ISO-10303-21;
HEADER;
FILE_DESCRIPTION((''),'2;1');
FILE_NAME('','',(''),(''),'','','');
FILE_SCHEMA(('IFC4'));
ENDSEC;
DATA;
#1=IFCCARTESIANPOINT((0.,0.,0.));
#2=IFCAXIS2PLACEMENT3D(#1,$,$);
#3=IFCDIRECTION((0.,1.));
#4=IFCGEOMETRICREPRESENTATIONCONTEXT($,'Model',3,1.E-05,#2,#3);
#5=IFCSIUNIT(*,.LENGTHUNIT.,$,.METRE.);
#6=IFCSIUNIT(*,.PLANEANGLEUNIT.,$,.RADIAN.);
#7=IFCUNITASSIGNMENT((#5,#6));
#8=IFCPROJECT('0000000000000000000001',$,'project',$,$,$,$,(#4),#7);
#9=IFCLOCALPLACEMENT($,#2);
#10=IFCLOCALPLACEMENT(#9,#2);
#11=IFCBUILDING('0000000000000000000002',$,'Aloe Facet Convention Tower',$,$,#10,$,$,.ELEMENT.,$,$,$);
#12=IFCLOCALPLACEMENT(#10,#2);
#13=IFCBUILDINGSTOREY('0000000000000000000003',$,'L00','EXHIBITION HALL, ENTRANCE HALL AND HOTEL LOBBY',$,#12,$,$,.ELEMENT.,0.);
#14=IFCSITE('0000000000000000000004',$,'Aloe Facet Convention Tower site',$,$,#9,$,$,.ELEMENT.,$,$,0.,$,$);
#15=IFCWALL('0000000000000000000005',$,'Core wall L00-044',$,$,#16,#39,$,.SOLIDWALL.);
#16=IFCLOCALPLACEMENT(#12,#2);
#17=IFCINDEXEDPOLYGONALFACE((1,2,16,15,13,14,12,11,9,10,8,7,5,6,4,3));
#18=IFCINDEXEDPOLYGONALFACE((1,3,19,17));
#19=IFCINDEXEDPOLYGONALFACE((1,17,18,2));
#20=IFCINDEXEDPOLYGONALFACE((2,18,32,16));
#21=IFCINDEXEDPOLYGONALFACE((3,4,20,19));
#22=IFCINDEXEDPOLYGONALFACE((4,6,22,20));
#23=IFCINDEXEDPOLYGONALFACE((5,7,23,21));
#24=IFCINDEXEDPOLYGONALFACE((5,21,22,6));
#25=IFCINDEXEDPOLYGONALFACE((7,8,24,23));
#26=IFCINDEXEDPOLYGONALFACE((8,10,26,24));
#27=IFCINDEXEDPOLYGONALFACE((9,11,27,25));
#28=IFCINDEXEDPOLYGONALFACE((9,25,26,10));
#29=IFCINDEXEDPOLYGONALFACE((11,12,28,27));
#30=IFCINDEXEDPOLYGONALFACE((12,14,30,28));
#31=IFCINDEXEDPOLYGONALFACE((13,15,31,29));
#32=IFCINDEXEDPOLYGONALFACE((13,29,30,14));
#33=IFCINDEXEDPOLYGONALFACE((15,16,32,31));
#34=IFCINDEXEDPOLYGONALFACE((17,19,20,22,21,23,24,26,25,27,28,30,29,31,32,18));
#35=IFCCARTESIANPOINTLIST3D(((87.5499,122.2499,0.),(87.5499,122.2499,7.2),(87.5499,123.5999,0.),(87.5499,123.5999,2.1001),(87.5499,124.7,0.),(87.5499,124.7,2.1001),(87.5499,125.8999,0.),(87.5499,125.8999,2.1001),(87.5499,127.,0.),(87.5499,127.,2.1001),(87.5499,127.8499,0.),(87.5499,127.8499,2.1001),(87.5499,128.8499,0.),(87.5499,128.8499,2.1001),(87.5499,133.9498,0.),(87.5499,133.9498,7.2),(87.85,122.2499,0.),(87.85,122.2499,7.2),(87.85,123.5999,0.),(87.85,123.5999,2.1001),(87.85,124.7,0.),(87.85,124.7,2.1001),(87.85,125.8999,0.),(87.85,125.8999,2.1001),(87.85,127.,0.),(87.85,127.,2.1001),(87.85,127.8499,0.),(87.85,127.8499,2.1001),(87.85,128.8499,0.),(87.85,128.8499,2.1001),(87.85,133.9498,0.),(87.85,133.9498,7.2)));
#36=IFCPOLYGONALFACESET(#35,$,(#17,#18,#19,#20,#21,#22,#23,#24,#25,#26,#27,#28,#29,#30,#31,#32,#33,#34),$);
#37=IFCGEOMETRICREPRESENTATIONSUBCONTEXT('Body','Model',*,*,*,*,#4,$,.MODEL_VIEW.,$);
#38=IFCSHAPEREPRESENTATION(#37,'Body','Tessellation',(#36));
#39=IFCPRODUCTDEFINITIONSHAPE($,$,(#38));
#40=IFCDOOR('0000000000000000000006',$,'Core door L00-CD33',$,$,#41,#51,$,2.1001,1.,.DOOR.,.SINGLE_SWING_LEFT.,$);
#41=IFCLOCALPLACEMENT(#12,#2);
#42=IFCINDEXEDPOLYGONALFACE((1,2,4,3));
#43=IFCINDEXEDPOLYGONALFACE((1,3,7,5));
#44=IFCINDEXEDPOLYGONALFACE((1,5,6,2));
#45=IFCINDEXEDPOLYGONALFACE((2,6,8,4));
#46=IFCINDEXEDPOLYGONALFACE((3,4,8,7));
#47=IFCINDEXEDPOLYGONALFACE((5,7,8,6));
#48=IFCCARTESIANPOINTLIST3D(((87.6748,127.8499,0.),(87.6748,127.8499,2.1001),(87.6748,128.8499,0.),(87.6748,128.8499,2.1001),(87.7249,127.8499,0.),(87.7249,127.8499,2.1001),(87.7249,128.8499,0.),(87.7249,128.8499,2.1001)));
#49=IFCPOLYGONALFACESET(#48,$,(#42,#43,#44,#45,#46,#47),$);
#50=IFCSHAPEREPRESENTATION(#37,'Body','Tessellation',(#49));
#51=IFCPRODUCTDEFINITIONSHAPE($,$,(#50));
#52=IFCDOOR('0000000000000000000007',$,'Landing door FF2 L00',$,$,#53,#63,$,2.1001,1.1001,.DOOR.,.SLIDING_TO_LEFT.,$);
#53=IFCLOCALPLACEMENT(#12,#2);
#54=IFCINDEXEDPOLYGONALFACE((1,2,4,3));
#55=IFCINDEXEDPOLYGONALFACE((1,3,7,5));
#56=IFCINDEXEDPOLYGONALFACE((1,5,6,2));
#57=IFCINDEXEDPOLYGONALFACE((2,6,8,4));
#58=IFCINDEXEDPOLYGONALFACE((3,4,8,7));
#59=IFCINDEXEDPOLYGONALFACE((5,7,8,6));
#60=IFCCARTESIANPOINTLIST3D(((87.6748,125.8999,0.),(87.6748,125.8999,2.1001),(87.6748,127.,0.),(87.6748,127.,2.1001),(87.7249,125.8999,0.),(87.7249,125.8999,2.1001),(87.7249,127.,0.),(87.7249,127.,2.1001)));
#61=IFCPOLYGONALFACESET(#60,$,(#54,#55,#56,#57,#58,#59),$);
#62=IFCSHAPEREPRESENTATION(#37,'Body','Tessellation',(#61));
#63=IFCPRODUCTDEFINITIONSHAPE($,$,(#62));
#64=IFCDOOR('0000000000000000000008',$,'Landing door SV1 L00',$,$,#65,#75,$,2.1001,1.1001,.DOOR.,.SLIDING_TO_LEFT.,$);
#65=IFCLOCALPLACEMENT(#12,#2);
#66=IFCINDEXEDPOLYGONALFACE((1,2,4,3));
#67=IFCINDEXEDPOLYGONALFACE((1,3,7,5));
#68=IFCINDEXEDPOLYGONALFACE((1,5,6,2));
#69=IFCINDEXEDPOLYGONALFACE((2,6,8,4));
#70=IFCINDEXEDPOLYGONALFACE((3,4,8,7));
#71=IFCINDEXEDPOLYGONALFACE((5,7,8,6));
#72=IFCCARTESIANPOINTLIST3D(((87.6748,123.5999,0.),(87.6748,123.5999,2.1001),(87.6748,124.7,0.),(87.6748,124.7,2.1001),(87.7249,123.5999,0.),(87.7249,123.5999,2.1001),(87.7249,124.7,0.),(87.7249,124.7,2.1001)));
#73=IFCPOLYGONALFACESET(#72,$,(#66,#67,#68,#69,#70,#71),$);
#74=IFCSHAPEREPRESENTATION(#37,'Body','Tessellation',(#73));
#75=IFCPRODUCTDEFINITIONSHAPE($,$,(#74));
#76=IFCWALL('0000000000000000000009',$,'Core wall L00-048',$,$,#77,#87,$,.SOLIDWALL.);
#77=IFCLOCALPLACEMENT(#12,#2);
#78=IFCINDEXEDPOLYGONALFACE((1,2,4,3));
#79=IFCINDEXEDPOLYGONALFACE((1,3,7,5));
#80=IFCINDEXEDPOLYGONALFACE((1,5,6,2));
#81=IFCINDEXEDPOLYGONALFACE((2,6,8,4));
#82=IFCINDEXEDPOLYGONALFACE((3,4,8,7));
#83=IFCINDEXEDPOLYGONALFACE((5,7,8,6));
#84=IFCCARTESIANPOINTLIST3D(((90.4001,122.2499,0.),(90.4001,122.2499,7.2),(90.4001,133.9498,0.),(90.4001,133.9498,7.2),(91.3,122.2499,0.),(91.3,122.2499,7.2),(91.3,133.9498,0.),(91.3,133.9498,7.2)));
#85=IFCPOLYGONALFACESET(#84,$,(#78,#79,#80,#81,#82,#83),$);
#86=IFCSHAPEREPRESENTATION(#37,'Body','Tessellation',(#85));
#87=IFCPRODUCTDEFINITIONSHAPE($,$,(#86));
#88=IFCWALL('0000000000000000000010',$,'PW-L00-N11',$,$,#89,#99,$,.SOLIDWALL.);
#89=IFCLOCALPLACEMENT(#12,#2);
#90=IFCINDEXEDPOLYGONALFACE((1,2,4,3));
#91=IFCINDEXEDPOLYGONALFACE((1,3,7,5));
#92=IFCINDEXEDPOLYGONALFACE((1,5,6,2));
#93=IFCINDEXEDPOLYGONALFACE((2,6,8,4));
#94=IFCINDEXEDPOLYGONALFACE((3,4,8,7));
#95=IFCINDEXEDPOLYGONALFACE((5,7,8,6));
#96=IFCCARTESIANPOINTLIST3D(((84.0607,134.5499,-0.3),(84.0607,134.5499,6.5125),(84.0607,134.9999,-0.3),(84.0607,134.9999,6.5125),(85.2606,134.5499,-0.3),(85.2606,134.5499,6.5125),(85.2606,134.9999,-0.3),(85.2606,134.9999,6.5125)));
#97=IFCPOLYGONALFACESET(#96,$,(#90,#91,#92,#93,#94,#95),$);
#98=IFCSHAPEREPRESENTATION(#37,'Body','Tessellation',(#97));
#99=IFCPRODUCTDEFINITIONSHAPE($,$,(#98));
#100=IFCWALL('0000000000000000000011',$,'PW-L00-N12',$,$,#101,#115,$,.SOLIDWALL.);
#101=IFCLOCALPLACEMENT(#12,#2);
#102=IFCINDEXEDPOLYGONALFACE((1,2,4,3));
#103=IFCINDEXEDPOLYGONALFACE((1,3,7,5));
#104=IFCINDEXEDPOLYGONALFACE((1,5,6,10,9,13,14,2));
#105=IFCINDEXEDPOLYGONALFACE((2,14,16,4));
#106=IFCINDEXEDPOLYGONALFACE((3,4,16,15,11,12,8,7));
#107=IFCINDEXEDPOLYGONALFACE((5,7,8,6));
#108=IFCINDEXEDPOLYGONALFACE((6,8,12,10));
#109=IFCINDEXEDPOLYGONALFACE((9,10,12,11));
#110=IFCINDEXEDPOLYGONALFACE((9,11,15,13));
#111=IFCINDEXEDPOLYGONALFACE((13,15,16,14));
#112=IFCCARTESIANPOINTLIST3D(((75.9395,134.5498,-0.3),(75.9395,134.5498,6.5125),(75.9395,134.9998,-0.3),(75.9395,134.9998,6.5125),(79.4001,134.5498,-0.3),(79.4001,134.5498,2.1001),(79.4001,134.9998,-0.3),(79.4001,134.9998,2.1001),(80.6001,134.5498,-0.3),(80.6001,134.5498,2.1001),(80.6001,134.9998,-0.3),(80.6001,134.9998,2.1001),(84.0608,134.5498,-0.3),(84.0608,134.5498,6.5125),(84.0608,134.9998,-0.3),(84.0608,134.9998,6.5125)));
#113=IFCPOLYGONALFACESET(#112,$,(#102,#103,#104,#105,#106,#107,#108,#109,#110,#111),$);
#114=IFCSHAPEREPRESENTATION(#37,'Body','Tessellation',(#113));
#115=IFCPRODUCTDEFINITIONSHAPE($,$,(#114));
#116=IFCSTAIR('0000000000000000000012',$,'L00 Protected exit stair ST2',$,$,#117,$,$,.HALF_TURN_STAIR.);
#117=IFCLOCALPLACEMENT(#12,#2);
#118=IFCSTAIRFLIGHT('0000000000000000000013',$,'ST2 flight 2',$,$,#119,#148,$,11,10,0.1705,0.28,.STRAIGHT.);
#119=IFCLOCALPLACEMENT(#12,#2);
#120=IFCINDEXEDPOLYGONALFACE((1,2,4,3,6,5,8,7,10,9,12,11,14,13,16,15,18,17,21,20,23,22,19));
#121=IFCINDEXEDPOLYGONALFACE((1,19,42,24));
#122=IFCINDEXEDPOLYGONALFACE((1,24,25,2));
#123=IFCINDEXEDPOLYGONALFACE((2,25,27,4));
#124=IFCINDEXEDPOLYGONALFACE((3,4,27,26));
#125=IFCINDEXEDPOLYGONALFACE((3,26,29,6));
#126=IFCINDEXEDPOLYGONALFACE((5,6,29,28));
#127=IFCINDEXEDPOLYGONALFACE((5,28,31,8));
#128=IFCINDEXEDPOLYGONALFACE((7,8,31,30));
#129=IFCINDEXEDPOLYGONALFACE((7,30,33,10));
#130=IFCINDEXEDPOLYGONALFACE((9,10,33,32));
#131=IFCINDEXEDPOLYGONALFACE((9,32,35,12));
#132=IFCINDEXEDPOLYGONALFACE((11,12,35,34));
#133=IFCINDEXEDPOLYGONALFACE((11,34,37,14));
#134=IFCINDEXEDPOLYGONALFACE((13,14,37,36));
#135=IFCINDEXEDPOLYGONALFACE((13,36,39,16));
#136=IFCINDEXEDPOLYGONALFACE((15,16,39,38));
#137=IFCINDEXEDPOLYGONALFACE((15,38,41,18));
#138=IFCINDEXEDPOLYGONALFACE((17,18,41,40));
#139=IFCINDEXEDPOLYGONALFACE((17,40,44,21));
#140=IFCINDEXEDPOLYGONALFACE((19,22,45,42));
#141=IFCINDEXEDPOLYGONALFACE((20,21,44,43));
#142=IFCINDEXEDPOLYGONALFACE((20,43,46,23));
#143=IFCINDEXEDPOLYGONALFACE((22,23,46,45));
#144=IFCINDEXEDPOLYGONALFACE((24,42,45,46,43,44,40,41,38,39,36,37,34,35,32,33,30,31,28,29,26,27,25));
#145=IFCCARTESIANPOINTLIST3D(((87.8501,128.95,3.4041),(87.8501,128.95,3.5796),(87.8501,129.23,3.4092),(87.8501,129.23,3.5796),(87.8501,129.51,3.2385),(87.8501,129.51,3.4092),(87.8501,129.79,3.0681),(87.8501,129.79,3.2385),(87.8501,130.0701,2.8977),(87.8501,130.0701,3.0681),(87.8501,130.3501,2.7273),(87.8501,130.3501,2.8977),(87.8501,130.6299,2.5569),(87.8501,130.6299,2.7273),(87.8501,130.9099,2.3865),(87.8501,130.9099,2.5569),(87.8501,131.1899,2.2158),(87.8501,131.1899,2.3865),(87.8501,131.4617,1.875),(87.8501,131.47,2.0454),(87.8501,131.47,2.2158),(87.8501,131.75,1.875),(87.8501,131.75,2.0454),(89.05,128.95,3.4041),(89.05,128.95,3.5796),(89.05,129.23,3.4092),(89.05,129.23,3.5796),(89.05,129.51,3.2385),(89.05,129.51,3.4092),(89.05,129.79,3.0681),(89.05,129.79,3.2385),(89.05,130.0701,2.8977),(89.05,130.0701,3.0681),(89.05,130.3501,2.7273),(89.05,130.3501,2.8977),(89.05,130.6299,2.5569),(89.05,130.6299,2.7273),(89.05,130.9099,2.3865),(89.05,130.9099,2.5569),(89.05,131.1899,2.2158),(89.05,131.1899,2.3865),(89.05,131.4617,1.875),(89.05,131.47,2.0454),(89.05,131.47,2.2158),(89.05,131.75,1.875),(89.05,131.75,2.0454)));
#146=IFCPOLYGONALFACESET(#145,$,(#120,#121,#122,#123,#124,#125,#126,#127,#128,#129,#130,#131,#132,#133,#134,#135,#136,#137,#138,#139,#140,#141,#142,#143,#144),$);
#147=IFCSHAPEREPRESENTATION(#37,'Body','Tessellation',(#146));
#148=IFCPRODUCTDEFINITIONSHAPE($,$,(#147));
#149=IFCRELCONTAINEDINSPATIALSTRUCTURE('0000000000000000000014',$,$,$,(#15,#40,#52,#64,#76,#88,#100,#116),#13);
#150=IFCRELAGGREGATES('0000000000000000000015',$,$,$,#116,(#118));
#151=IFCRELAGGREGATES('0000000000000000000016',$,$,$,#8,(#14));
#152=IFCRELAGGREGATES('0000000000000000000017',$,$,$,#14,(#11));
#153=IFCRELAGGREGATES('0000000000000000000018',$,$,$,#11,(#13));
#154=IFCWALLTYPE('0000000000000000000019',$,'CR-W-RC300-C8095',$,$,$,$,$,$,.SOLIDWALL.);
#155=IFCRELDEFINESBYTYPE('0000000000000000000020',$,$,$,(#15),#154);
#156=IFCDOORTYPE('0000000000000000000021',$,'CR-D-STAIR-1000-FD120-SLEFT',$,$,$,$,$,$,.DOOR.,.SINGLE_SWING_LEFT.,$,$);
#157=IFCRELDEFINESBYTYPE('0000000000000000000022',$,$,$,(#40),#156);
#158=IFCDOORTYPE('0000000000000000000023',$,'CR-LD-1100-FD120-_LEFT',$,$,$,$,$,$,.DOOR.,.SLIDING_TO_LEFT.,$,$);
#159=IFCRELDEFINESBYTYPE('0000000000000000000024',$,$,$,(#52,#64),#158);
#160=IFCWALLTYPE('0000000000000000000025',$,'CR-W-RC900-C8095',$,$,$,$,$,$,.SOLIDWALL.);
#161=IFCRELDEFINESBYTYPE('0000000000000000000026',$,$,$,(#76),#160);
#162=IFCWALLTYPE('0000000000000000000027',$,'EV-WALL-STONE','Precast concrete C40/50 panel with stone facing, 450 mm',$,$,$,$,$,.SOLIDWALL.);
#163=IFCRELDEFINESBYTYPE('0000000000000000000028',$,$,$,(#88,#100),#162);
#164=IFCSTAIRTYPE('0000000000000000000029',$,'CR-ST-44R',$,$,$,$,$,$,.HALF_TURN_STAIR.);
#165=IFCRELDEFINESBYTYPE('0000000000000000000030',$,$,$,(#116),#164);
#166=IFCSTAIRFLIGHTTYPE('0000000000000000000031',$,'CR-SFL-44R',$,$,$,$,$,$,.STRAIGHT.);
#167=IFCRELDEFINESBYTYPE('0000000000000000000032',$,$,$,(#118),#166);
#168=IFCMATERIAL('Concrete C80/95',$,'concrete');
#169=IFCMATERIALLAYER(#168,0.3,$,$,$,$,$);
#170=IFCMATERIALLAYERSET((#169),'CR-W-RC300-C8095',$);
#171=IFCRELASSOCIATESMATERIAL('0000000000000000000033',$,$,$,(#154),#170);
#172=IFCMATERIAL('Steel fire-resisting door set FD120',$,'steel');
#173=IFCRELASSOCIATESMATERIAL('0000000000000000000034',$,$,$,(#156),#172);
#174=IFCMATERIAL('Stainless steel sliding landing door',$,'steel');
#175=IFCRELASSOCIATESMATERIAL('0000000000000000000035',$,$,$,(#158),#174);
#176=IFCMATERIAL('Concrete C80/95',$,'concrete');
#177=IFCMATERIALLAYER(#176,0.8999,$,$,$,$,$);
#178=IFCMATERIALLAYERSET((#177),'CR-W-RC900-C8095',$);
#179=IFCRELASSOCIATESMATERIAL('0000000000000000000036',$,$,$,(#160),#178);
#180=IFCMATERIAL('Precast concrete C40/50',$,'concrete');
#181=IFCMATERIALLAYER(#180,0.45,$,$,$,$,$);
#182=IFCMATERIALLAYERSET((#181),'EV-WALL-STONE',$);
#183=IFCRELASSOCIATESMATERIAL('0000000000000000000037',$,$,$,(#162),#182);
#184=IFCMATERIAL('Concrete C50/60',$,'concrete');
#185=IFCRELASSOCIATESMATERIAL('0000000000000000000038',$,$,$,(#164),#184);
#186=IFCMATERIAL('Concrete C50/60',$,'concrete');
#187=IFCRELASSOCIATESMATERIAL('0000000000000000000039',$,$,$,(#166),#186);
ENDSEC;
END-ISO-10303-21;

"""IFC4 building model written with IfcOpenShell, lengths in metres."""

from ifc_helpers import new_model, si_unit, direction, frame, frame_2d, origin, place, context, subcontext, project, spatial, polyline, rectangle, outline, extrude, material, layer, layer_set, type_object, element, fill, aggregate, save


model = new_model("IFC4")

# Units and contexts
model_context = context("Model", 3, precision=1e-05, world=origin(), true_north=direction((0.0, 1.0)))
body_context = subcontext(model_context, "Body", "Model", "MODEL_VIEW")
ifc_project = project(units=[si_unit("LENGTHUNIT", "METRE"), si_unit("PLANEANGLEUNIT", "RADIAN")], contexts=[model_context])

# Site, building, storey
site_placement = place(None, origin())
site = spatial("IfcSite", under=ifc_project, at=site_placement, Name="Aloe Facet Convention Tower site", CompositionType="ELEMENT", RefElevation=0.0)
building_placement = place(site_placement, origin())
building = spatial("IfcBuilding", under=site, at=building_placement, Name="Aloe Facet Convention Tower", CompositionType="ELEMENT")
storey_placement = place(building_placement, origin())
storey = spatial("IfcBuildingStorey", under=building, at=storey_placement, Name="L00", Description="EXHIBITION HALL, ENTRANCE HALL AND HOTEL LOBBY", CompositionType="ELEMENT", Elevation=0.0)

# Shared definitions
ifc_material_1 = material(Name="Concrete C80/95", Category="concrete")
ifc_layer_1 = layer(ifc_material_1, 0.3)
ifc_layer_set_1 = layer_set([ifc_layer_1], Name="CR-W-RC300-C8095")
wall_type_1 = type_object("IfcWallType", Name="CR-W-RC300-C8095", PredefinedType="SOLIDWALL", material=ifc_layer_set_1)

# Wall, openings, doors
wall_1_placement = place(storey_placement, frame((87.7, 133.95, 0.0), z_axis=(0.0, 0.0, 1.0), x_axis=(0.0, -1.0, 0.0)))
wall_1 = element("IfcWall", 1, at=wall_1_placement, inside=storey, type_object=wall_type_1, Name="Core wall L00-044", PredefinedType="SOLIDWALL", context=body_context, shape_type="SweptSolid", body=[
    extrude(rectangle(XDim=11.7, YDim=0.3, at=frame_2d((5.8501, 0.0))), origin(), (0.0, 0.0, 1.0), 7.2),
])
opening_1_placement = place(wall_1_placement, frame((6.95, 0.0, 0.0)))
opening_1 = element("IfcOpeningElement", 2, at=opening_1_placement, cuts=wall_1, PredefinedType="OPENING", context=body_context, shape_type="SweptSolid", body=[
    extrude(rectangle(XDim=1.1001, YDim=2.1001, at=frame_2d((0.55, 1.05))), frame((0.0, 0.1602, 0.0), z_axis=(0.0, -1.0, 0.0), x_axis=(1.0, 0.0, 0.0)), (0.0, 0.0, 1.0), 0.3201),
])
opening_2_placement = place(wall_1_placement, frame((5.1001, 0.0, 0.0)))
opening_2 = element("IfcOpeningElement", 3, at=opening_2_placement, cuts=wall_1, PredefinedType="OPENING", context=body_context, shape_type="SweptSolid", body=[
    extrude(rectangle(XDim=1.0, YDim=2.1001, at=frame_2d((0.5, 1.05))), frame((0.0, 0.1602, 0.0), z_axis=(0.0, -1.0, 0.0), x_axis=(1.0, 0.0, 0.0)), (0.0, 0.0, 1.0), 0.3201),
])
opening_3_placement = place(wall_1_placement, frame((9.25, 0.0, 0.0)))
opening_3 = element("IfcOpeningElement", 4, at=opening_3_placement, cuts=wall_1, PredefinedType="OPENING", context=body_context, shape_type="SweptSolid", body=[
    extrude(rectangle(XDim=1.1001, YDim=2.1001, at=frame_2d((0.55, 1.05))), frame((0.0, 0.1602, 0.0), z_axis=(0.0, -1.0, 0.0), x_axis=(1.0, 0.0, 0.0)), (0.0, 0.0, 1.0), 0.3201),
])
ifc_material_2 = material(Name="Steel fire-resisting door set FD120", Category="steel")
door_type_1 = type_object("IfcDoorType", Name="CR-D-STAIR-1000-FD120-SLEFT", OperationType="SINGLE_SWING_LEFT", PredefinedType="DOOR", material=ifc_material_2)
door_1_placement = place(opening_2_placement, origin())
door_1 = element("IfcDoor", 5, at=door_1_placement, inside=storey, type_object=door_type_1, Name="Core door L00-CD33", OperationType="SINGLE_SWING_LEFT", OverallHeight=2.1001, OverallWidth=1.0, PredefinedType="DOOR", context=body_context, shape_type="SweptSolid", body=[
    extrude(rectangle(XDim=1.0, YDim=2.1001, at=frame_2d((0.5, 1.05))), frame((0.0, 0.0249, 0.0), z_axis=(0.0, -1.0, 0.0), x_axis=(1.0, 0.0, 0.0)), (0.0, 0.0, 1.0), 0.05),
])
fill(opening_2, door_1)
ifc_material_3 = material(Name="Stainless steel sliding landing door", Category="steel")
door_type_2 = type_object("IfcDoorType", Name="CR-LD-1100-FD120-_LEFT", OperationType="SLIDING_TO_LEFT", PredefinedType="DOOR", material=ifc_material_3)
door_2_placement = place(opening_1_placement, origin())
door_2 = element("IfcDoor", 6, at=door_2_placement, inside=storey, type_object=door_type_2, Name="Landing door FF2 L00", OperationType="SLIDING_TO_LEFT", OverallHeight=2.1001, OverallWidth=1.1001, PredefinedType="DOOR", context=body_context, shape_type="SweptSolid", body=[
    extrude(rectangle(XDim=1.1001, YDim=2.1001, at=frame_2d((0.55, 1.05))), frame((0.0, 0.0249, 0.0), z_axis=(0.0, -1.0, 0.0), x_axis=(1.0, 0.0, 0.0)), (0.0, 0.0, 1.0), 0.05),
])
fill(opening_1, door_2)
door_3_placement = place(opening_3_placement, origin())
door_3 = element("IfcDoor", 7, at=door_3_placement, inside=storey, type_object=door_type_2, Name="Landing door SV1 L00", OperationType="SLIDING_TO_LEFT", OverallHeight=2.1001, OverallWidth=1.1001, PredefinedType="DOOR", context=body_context, shape_type="SweptSolid", body=[
    extrude(rectangle(XDim=1.1001, YDim=2.1001, at=frame_2d((0.55, 1.05))), frame((0.0, 0.0249, 0.0), z_axis=(0.0, -1.0, 0.0), x_axis=(1.0, 0.0, 0.0)), (0.0, 0.0, 1.0), 0.05),
])
fill(opening_3, door_3)

# Walls
ifc_material_4 = material(Name="Concrete C80/95", Category="concrete")
ifc_layer_2 = layer(ifc_material_4, 0.8999)
ifc_layer_set_2 = layer_set([ifc_layer_2], Name="CR-W-RC900-C8095")
wall_type_2 = type_object("IfcWallType", Name="CR-W-RC900-C8095", PredefinedType="SOLIDWALL", material=ifc_layer_set_2)
wall_2_placement = place(storey_placement, frame((90.8501, 133.95, 0.0), z_axis=(0.0, 0.0, 1.0), x_axis=(0.0, -1.0, 0.0)))
element("IfcWall", 8, at=wall_2_placement, inside=storey, type_object=wall_type_2, Name="Core wall L00-048", PredefinedType="SOLIDWALL", context=body_context, shape_type="SweptSolid", body=[
    extrude(rectangle(XDim=11.7, YDim=0.8999, at=frame_2d((5.8501, 0.0))), origin(), (0.0, 0.0, 1.0), 7.2),
])
ifc_material_5 = material(Name="Precast concrete C40/50", Category="concrete")
ifc_layer_3 = layer(ifc_material_5, 0.45)
ifc_layer_set_3 = layer_set([ifc_layer_3], Name="EV-WALL-STONE")
wall_type_3 = type_object("IfcWallType", Name="EV-WALL-STONE", Description="Precast concrete C40/50 panel with stone facing, 450 mm", PredefinedType="SOLIDWALL", material=ifc_layer_set_3)
wall_3_placement = place(storey_placement, frame((85.2607, 134.7749, -0.3), z_axis=(0.0, 0.0, 1.0), x_axis=(-1.0, 0.0, 0.0)))
element("IfcWall", 9, at=wall_3_placement, inside=storey, type_object=wall_type_3, Name="PW-L00-N11", PredefinedType="SOLIDWALL", context=body_context, shape_type="SweptSolid", body=[
    extrude(rectangle(XDim=1.2, YDim=0.45, at=frame_2d((0.6001, 0.0))), origin(), (0.0, 0.0, 1.0), 6.8125),
])
wall_4_placement = place(storey_placement, frame((84.0608, 134.7749, -0.3), z_axis=(0.0, 0.0, 1.0), x_axis=(-1.0, 0.0, 0.0)))
element("IfcWall", 10, at=wall_4_placement, inside=storey, type_object=wall_type_3, Name="PW-L00-N12", PredefinedType="SOLIDWALL", context=body_context, shape_type="SweptSolid", body=[
    extrude(outline(polyline([(0.0, 0.0), (3.4607, 0.0), (3.4607, 2.4001), (4.6606, 2.4001), (4.6606, 0.0), (8.1213, 0.0), (8.1213, 6.8125), (0.0, 6.8125), (0.0, 0.0)])), frame((0.0, 0.2251, 0.0), z_axis=(0.0, -1.0, 0.0), x_axis=(1.0, 0.0, 0.0)), (0.0, 0.0, 1.0), 0.45),
])

# Stair, stair flight
ifc_material_6 = material(Name="Concrete C50/60", Category="concrete")
stair_type = type_object("IfcStairType", Name="CR-ST-44R", PredefinedType="HALF_TURN_STAIR", material=ifc_material_6)
stair_placement = place(storey_placement, origin())
stair = element("IfcStair", 11, at=stair_placement, inside=storey, type_object=stair_type, Name="L00 Protected exit stair ST2", PredefinedType="HALF_TURN_STAIR")
ifc_material_7 = material(Name="Concrete C50/60", Category="concrete")
stair_flight_type = type_object("IfcStairFlightType", Name="CR-SFL-44R", PredefinedType="STRAIGHT", material=ifc_material_7)
stair_flight_1_placement = place(storey_placement, frame((88.45, 131.75, 1.875), z_axis=(0.0, 0.0, 1.0), x_axis=(0.0, -1.0, 0.0)))
stair_flight_1 = element("IfcStairFlight", 12, at=stair_flight_1_placement, type_object=stair_flight_type, Name="ST2 flight 2", NumberOfRisers=11, NumberOfTreads=10, PredefinedType="STRAIGHT", RiserHeight=0.1705, TreadLength=0.28, context=body_context, shape_type="SweptSolid", body=[
    extrude(outline(polyline([(0.0, 0.0), (0.0, 0.1704), (0.28, 0.1704), (0.28, 0.3408), (0.5601, 0.3408), (0.5601, 0.5115), (0.8401, 0.5115), (0.8401, 0.6819), (1.1201, 0.6819), (1.1201, 0.8523), (1.3999, 0.8523), (1.3999, 1.0227), (1.6799, 1.0227), (1.6799, 1.1931), (1.96, 1.1931), (1.96, 1.3635), (2.24, 1.3635), (2.24, 1.5342), (2.52, 1.5342), (2.52, 1.7046), (2.8, 1.7046), (2.8, 1.875), (2.8, 1.5291), (0.2883, 0.0), (0.0, 0.0)])), frame((0.0, 0.6001, 0.0), z_axis=(0.0, -1.0, 0.0), x_axis=(1.0, 0.0, 0.0)), (0.0, 0.0, 1.0), 1.2),
])
aggregate(stair, [stair_flight_1])

save(model, "model.ifc")
